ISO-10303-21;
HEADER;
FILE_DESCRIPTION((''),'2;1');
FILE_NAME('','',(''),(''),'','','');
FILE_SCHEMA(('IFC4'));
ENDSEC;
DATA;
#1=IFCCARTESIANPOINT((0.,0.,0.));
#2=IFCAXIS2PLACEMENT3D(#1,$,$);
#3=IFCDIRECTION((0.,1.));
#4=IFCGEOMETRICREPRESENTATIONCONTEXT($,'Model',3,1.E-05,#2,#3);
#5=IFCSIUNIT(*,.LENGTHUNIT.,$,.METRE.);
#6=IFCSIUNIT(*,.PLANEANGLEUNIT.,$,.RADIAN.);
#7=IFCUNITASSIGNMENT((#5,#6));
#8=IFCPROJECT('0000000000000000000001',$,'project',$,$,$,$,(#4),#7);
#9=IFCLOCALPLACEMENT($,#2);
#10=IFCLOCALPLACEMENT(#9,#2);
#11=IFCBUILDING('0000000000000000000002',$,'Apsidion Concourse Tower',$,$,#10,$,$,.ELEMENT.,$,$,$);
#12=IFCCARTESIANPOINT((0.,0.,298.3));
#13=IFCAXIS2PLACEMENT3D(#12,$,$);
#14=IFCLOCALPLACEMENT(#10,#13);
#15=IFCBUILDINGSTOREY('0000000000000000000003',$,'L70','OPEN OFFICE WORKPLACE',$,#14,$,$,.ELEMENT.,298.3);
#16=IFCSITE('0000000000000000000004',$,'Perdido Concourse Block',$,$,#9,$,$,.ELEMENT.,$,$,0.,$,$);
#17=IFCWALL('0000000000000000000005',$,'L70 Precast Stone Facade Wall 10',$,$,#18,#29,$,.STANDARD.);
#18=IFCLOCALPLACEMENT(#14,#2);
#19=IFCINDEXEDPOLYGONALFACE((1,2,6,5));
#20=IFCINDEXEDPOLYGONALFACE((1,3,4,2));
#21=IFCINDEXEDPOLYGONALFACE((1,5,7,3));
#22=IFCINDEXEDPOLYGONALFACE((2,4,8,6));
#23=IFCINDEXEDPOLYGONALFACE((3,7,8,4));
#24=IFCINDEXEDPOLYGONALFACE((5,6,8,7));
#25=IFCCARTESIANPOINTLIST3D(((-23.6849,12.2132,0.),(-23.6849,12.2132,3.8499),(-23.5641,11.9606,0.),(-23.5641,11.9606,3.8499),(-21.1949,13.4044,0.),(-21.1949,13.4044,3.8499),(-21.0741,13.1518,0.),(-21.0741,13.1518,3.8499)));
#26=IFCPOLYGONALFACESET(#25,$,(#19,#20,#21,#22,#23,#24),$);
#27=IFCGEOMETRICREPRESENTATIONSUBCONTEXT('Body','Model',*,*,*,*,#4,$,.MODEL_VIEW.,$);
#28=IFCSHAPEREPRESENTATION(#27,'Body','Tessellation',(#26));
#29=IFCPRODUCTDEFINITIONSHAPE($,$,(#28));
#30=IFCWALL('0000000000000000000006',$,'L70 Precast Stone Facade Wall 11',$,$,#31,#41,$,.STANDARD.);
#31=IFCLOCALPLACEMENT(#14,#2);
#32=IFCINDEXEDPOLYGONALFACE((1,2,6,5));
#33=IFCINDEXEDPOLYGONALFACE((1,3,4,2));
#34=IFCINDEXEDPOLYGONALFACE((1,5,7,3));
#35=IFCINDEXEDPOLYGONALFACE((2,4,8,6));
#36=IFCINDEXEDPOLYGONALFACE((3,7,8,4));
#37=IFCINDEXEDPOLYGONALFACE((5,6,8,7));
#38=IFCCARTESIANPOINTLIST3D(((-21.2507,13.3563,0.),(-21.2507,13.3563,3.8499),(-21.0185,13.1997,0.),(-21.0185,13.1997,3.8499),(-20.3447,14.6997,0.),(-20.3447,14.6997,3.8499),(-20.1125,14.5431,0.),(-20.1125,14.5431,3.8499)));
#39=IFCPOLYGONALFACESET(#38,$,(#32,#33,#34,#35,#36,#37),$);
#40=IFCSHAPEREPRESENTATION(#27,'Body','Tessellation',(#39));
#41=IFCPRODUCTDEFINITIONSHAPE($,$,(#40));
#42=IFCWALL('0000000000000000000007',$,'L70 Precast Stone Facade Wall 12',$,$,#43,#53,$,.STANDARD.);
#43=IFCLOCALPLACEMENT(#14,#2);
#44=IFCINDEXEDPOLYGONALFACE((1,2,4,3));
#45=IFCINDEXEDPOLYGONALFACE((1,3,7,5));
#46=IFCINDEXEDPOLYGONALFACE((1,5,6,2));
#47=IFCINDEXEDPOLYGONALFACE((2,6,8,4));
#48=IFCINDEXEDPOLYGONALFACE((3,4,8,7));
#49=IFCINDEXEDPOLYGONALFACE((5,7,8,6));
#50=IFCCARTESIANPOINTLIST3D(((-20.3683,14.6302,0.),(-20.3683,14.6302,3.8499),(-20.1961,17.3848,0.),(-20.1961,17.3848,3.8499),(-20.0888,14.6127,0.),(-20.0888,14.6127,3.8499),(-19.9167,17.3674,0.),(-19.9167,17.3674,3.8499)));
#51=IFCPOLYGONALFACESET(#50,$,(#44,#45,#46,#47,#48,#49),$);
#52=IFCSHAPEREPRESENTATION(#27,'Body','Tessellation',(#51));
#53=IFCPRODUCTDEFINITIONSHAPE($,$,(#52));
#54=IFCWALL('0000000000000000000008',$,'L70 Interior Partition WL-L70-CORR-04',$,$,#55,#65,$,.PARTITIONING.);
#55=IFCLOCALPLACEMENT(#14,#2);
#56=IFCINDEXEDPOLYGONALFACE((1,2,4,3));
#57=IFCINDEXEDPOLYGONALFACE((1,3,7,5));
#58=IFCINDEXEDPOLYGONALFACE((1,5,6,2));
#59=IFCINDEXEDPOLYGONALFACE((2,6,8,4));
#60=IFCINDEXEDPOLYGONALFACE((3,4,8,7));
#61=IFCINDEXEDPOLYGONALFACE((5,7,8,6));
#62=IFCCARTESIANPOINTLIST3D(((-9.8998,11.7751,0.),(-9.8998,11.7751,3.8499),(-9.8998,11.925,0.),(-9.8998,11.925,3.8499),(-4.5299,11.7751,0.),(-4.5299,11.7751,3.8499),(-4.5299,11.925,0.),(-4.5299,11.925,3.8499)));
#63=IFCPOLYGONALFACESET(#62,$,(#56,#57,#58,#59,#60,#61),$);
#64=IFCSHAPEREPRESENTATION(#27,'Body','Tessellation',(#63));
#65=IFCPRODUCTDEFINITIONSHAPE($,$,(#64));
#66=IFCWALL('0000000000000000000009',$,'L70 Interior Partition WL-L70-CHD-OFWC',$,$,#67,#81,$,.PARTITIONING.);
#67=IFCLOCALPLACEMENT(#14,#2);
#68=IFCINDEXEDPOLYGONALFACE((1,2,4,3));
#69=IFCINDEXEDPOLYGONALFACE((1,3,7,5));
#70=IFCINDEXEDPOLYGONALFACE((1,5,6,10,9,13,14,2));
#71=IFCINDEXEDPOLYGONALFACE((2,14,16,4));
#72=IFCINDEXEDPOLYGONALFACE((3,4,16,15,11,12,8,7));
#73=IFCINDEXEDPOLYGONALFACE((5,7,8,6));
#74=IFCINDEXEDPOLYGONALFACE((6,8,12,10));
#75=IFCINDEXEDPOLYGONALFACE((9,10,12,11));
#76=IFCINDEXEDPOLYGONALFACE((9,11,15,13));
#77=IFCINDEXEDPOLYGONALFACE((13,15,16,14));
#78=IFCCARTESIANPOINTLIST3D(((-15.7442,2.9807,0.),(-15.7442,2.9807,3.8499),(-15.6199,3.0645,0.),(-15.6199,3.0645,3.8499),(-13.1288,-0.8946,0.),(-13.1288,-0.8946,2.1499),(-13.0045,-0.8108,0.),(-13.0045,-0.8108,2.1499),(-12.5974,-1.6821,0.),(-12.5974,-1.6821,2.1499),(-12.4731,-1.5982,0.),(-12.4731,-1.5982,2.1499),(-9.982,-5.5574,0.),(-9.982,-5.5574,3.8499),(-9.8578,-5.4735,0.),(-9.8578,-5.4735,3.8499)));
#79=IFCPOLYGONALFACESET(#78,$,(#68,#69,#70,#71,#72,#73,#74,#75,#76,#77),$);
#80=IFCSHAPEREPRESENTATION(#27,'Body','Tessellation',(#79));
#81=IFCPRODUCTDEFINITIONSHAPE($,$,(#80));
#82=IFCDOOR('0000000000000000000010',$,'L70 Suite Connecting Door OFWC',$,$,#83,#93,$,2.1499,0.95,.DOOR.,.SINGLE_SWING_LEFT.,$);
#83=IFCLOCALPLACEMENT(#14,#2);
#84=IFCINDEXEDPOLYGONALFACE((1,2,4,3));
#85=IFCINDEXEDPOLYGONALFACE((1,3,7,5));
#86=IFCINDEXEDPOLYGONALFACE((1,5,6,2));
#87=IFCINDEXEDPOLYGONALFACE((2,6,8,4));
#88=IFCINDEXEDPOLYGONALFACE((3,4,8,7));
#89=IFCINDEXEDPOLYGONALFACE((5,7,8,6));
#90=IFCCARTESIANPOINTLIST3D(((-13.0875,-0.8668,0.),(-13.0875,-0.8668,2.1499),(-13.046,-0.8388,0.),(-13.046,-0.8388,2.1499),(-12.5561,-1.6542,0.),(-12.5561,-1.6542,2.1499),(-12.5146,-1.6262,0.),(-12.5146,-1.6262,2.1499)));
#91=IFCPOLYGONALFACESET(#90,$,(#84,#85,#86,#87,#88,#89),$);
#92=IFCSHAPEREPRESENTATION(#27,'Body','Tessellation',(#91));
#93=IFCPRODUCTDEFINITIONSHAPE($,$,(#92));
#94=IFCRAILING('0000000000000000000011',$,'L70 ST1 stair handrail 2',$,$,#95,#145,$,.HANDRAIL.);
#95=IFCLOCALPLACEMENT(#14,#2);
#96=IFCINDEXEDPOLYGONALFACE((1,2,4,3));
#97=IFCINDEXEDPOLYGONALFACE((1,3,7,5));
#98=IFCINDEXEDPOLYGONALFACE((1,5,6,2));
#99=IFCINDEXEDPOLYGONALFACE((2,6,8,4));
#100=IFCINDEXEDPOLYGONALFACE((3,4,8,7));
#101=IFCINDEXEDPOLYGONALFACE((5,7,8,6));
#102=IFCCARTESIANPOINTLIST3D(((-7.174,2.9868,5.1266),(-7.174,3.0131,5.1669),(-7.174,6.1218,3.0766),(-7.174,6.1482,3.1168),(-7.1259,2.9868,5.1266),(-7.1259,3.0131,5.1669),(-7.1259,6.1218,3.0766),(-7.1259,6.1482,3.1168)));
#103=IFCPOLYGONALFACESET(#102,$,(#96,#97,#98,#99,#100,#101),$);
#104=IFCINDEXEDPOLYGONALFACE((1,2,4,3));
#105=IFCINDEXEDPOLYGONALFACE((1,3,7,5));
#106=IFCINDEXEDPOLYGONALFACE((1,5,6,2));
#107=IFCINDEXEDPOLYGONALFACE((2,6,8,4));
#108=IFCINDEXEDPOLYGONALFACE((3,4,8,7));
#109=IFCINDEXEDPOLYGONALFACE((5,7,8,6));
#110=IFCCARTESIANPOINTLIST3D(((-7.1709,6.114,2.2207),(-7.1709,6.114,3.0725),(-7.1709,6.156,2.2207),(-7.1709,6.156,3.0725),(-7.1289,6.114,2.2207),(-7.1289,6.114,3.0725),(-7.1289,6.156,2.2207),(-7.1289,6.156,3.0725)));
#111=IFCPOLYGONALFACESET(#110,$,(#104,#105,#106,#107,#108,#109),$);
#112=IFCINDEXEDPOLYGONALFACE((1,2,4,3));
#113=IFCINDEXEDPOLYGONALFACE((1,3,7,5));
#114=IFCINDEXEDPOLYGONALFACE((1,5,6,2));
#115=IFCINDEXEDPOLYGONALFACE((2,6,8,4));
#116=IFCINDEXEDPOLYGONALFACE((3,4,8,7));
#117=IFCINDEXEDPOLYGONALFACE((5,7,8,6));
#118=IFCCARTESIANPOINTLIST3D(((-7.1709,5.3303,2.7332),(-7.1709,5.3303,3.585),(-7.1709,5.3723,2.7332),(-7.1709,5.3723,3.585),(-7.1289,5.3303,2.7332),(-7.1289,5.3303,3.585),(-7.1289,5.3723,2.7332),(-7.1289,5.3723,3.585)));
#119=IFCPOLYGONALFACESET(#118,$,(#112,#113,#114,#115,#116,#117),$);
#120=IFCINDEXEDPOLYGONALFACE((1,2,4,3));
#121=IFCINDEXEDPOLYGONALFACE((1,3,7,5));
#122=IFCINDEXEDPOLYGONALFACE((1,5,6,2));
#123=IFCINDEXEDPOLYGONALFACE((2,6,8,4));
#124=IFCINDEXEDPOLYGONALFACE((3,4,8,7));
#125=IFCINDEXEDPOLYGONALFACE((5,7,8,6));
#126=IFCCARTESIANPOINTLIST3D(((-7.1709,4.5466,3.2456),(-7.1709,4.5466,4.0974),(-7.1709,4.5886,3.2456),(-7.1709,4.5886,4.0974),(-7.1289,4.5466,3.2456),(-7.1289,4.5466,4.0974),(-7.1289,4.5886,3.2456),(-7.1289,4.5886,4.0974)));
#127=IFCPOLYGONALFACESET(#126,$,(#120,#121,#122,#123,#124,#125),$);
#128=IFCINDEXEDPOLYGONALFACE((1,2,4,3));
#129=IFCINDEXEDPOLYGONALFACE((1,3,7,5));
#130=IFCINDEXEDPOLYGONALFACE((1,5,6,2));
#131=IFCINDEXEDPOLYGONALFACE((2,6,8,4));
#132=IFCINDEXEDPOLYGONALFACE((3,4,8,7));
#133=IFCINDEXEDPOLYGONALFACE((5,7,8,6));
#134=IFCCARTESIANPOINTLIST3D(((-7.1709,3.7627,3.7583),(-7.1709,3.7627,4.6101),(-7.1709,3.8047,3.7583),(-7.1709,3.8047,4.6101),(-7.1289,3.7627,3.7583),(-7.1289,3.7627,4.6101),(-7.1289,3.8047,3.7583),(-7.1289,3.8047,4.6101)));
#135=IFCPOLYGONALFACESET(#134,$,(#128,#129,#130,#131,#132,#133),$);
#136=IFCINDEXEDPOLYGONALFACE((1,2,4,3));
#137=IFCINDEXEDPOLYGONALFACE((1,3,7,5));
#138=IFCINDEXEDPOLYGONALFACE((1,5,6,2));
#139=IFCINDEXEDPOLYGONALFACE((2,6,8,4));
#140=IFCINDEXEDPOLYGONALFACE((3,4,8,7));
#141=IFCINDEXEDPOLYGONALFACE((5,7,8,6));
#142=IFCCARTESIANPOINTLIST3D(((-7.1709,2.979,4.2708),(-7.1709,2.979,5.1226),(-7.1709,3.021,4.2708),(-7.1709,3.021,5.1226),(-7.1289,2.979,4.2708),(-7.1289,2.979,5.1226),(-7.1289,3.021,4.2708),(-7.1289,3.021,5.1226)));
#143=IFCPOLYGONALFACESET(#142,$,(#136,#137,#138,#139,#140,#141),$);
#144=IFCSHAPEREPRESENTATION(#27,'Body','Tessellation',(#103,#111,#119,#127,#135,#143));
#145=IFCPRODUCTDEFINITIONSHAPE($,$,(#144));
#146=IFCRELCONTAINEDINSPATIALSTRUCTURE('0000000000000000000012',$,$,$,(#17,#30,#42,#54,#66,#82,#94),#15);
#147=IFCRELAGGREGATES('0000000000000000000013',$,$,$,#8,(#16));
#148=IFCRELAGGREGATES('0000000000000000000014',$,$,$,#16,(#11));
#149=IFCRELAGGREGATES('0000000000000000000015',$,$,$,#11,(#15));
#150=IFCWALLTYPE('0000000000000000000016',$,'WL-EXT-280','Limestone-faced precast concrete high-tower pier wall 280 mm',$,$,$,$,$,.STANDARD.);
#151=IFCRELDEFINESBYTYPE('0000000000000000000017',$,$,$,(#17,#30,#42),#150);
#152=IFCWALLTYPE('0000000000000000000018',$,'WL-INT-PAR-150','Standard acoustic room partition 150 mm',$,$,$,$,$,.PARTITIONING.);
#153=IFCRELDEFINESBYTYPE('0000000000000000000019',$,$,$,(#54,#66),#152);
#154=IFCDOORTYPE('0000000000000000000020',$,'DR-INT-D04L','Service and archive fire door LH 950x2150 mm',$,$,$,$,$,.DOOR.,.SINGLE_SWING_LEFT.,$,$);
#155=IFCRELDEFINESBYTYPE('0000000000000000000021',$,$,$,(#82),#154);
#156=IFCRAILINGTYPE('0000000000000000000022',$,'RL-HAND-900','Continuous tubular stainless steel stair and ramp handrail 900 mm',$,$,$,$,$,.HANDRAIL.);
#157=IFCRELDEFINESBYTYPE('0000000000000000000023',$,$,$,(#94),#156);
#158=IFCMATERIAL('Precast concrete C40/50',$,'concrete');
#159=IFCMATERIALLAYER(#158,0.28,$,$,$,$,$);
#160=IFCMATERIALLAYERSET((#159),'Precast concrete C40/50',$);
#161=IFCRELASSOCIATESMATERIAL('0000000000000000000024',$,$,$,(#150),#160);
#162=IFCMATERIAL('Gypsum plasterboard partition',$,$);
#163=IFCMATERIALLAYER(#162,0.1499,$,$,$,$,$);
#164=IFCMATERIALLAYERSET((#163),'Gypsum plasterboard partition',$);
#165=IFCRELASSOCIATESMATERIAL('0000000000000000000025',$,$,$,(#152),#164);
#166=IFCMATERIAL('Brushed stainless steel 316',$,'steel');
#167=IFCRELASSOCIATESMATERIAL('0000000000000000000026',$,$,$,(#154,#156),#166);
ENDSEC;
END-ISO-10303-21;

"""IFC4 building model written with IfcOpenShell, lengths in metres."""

from ifc_helpers import new_model, si_unit, direction, frame, frame_2d, origin, origin_2d, place, context, subcontext, project, spatial, rectangle, extrude, material, layer, layer_set, type_object, element, fill, save


model = new_model("IFC4")

# Units and contexts
model_context = context("Model", 3, precision=1e-05, world=origin(), true_north=direction((0.0, 1.0)))
body_context = subcontext(model_context, "Body", "Model", "MODEL_VIEW")
ifc_project = project(units=[si_unit("LENGTHUNIT", "METRE"), si_unit("PLANEANGLEUNIT", "RADIAN")], contexts=[model_context])

# Site, building, storey
site_placement = place(None, origin())
site = spatial("IfcSite", under=ifc_project, at=site_placement, Name="Perdido Concourse Block", CompositionType="ELEMENT", RefElevation=0.0)
building_placement = place(site_placement, origin())
building = spatial("IfcBuilding", under=site, at=building_placement, Name="Apsidion Concourse Tower", CompositionType="ELEMENT")
storey_placement = place(building_placement, frame((0.0, 0.0, 298.3)))
storey = spatial("IfcBuildingStorey", under=building, at=storey_placement, Name="L70", Description="OPEN OFFICE WORKPLACE", CompositionType="ELEMENT", Elevation=298.3)

# Shared definitions
ifc_material_1 = material(Name="Precast concrete C40/50", Category="concrete")
ifc_layer_1 = layer(ifc_material_1, 0.28)
ifc_layer_set_1 = layer_set([ifc_layer_1], Name="Precast concrete C40/50")
wall_type_1 = type_object("IfcWallType", Name="WL-EXT-280", Description="Limestone-faced precast concrete high-tower pier wall 280 mm", PredefinedType="STANDARD", material=ifc_layer_set_1)

# Walls
wall_1_placement = place(storey_placement, frame((-23.6245, 12.0869, 0.0), z_axis=(0.0, 0.0, 1.0), x_axis=(0.902092, 0.431543, 0.0)))
element("IfcWall", 1, at=wall_1_placement, inside=storey, type_object=wall_type_1, Name="L70 Precast Stone Facade Wall 10", PredefinedType="STANDARD", context=body_context, shape_type="SweptSolid", body=[
    extrude(rectangle(XDim=2.7603, YDim=0.28, at=frame_2d((1.3801, 0.0))), origin(), (0.0, 0.0, 1.0), 3.8499),
])
wall_2_placement = place(storey_placement, frame((-21.1345, 13.2781, 0.0), z_axis=(0.0, 0.0, 1.0), x_axis=(0.559108, 0.829095, 0.0)))
element("IfcWall", 2, at=wall_2_placement, inside=storey, type_object=wall_type_1, Name="L70 Precast Stone Facade Wall 11", PredefinedType="STANDARD", context=body_context, shape_type="SweptSolid", body=[
    extrude(rectangle(XDim=1.6204, YDim=0.28, at=frame_2d((0.8101, 0.0))), origin(), (0.0, 0.0, 1.0), 3.8499),
])
wall_3_placement = place(storey_placement, frame((-20.2285, 14.6216, 0.0), z_axis=(0.0, 0.0, 1.0), x_axis=(0.062362, 0.998054, 0.0)))
element("IfcWall", 3, at=wall_3_placement, inside=storey, type_object=wall_type_1, Name="L70 Precast Stone Facade Wall 12", PredefinedType="STANDARD", context=body_context, shape_type="SweptSolid", body=[
    extrude(rectangle(XDim=2.76, YDim=0.28, at=frame_2d((1.3799, 0.0))), origin(), (0.0, 0.0, 1.0), 3.8499),
])
ifc_material_2 = material(Name="Gypsum plasterboard partition")
ifc_layer_2 = layer(ifc_material_2, 0.1499)
ifc_layer_set_2 = layer_set([ifc_layer_2], Name="Gypsum plasterboard partition")
wall_type_2 = type_object("IfcWallType", Name="WL-INT-PAR-150", Description="Standard acoustic room partition 150 mm", PredefinedType="PARTITIONING", material=ifc_layer_set_2)
wall_4_placement = place(storey_placement, frame((-9.8999, 11.8501, 0.0), z_axis=(0.0, 0.0, 1.0), x_axis=(1.0, 0.0, 0.0)))
element("IfcWall", 4, at=wall_4_placement, inside=storey, type_object=wall_type_2, Name="L70 Interior Partition WL-L70-CORR-04", PredefinedType="PARTITIONING", context=body_context, shape_type="SweptSolid", body=[
    extrude(rectangle(XDim=5.3699, YDim=0.1499, at=frame_2d((2.6851, 0.0))), origin(), (0.0, 0.0, 1.0), 3.8499),
])

# Wall, opening, door
wall_5_placement = place(storey_placement, frame((-15.6821, 3.0227, 0.0), z_axis=(0.0, 0.0, 1.0), x_axis=(0.559406, -0.828894, 0.0)))
wall_5 = element("IfcWall", 5, at=wall_5_placement, inside=storey, type_object=wall_type_2, Name="L70 Interior Partition WL-L70-CHD-OFWC", PredefinedType="PARTITIONING", context=body_context, shape_type="SweptSolid", body=[
    extrude(rectangle(XDim=10.3005, YDim=0.1499, at=frame_2d((5.1504, 0.0))), origin(), (0.0, 0.0, 1.0), 3.8499),
])
opening_1_placement = place(wall_5_placement, frame((4.6753, 0.0, 0.0)))
opening_1 = element("IfcOpeningElement", 6, at=opening_1_placement, cuts=wall_5, PredefinedType="OPENING", context=body_context, shape_type="SweptSolid", body=[
    extrude(rectangle(XDim=0.95, YDim=2.1499, at=frame_2d((0.4751, 1.075))), frame((0.0, 0.085, 0.0), z_axis=(0.0, -1.0, 0.0), x_axis=(1.0, 0.0, 0.0)), (0.0, 0.0, 1.0), 0.1699),
])
ifc_material_3 = material(Name="Brushed stainless steel 316", Category="steel")
door_type_1 = type_object("IfcDoorType", Name="DR-INT-D04L", Description="Service and archive fire door LH 950x2150 mm", OperationType="SINGLE_SWING_LEFT", PredefinedType="DOOR", material=ifc_material_3)
door_1_placement = place(opening_1_placement, origin())
door_1 = element("IfcDoor", 7, at=door_1_placement, inside=storey, type_object=door_type_1, Name="L70 Suite Connecting Door OFWC", OperationType="SINGLE_SWING_LEFT", OverallHeight=2.1499, OverallWidth=0.95, PredefinedType="DOOR", context=body_context, shape_type="SweptSolid", body=[
    extrude(rectangle(XDim=0.95, YDim=2.1499, at=frame_2d((0.4751, 1.075))), frame((0.0, 0.0249, 0.0), z_axis=(0.0, -1.0, 0.0), x_axis=(1.0, 0.0, 0.0)), (0.0, 0.0, 1.0), 0.05),
])
fill(opening_1, door_1)

# Railing
railing_type_1 = type_object("IfcRailingType", Name="RL-HAND-900", Description="Continuous tubular stainless steel stair and ramp handrail 900 mm", PredefinedType="HANDRAIL", material=ifc_material_3)
railing_1_placement = place(storey_placement, frame((-7.1499, 6.135, 2.2207)))
element("IfcRailing", 8, at=railing_1_placement, inside=storey, type_object=railing_type_1, Name="L70 ST1 stair handrail 2", PredefinedType="HANDRAIL", context=body_context, shape_type="SweptSolid", body=[
    extrude(rectangle(XDim=0.0481, YDim=0.0481, at=origin_2d()), frame((0.0, 0.0, 0.876), z_axis=(0.0, -0.836941, 0.547293), x_axis=(1.0, 0.0, 0.0)), (0.0, 0.0, 1.0), 3.7458),
    extrude(rectangle(XDim=0.042, YDim=0.042, at=origin_2d()), origin(), (0.0, 0.0, 1.0), 0.8518),
    extrude(rectangle(XDim=0.042, YDim=0.042, at=origin_2d()), frame((0.0, -0.7837, 0.5125)), (0.0, 0.0, 1.0), 0.8518),
    extrude(rectangle(XDim=0.042, YDim=0.042, at=origin_2d()), frame((0.0, -1.5674, 1.0249)), (0.0, 0.0, 1.0), 0.8518),
    extrude(rectangle(XDim=0.042, YDim=0.042, at=origin_2d()), frame((0.0, -2.3513, 1.5376)), (0.0, 0.0, 1.0), 0.8518),
    extrude(rectangle(XDim=0.042, YDim=0.042, at=origin_2d()), frame((0.0, -3.135, 2.05)), (0.0, 0.0, 1.0), 0.8518),
])

save(model, "model.ifc")
